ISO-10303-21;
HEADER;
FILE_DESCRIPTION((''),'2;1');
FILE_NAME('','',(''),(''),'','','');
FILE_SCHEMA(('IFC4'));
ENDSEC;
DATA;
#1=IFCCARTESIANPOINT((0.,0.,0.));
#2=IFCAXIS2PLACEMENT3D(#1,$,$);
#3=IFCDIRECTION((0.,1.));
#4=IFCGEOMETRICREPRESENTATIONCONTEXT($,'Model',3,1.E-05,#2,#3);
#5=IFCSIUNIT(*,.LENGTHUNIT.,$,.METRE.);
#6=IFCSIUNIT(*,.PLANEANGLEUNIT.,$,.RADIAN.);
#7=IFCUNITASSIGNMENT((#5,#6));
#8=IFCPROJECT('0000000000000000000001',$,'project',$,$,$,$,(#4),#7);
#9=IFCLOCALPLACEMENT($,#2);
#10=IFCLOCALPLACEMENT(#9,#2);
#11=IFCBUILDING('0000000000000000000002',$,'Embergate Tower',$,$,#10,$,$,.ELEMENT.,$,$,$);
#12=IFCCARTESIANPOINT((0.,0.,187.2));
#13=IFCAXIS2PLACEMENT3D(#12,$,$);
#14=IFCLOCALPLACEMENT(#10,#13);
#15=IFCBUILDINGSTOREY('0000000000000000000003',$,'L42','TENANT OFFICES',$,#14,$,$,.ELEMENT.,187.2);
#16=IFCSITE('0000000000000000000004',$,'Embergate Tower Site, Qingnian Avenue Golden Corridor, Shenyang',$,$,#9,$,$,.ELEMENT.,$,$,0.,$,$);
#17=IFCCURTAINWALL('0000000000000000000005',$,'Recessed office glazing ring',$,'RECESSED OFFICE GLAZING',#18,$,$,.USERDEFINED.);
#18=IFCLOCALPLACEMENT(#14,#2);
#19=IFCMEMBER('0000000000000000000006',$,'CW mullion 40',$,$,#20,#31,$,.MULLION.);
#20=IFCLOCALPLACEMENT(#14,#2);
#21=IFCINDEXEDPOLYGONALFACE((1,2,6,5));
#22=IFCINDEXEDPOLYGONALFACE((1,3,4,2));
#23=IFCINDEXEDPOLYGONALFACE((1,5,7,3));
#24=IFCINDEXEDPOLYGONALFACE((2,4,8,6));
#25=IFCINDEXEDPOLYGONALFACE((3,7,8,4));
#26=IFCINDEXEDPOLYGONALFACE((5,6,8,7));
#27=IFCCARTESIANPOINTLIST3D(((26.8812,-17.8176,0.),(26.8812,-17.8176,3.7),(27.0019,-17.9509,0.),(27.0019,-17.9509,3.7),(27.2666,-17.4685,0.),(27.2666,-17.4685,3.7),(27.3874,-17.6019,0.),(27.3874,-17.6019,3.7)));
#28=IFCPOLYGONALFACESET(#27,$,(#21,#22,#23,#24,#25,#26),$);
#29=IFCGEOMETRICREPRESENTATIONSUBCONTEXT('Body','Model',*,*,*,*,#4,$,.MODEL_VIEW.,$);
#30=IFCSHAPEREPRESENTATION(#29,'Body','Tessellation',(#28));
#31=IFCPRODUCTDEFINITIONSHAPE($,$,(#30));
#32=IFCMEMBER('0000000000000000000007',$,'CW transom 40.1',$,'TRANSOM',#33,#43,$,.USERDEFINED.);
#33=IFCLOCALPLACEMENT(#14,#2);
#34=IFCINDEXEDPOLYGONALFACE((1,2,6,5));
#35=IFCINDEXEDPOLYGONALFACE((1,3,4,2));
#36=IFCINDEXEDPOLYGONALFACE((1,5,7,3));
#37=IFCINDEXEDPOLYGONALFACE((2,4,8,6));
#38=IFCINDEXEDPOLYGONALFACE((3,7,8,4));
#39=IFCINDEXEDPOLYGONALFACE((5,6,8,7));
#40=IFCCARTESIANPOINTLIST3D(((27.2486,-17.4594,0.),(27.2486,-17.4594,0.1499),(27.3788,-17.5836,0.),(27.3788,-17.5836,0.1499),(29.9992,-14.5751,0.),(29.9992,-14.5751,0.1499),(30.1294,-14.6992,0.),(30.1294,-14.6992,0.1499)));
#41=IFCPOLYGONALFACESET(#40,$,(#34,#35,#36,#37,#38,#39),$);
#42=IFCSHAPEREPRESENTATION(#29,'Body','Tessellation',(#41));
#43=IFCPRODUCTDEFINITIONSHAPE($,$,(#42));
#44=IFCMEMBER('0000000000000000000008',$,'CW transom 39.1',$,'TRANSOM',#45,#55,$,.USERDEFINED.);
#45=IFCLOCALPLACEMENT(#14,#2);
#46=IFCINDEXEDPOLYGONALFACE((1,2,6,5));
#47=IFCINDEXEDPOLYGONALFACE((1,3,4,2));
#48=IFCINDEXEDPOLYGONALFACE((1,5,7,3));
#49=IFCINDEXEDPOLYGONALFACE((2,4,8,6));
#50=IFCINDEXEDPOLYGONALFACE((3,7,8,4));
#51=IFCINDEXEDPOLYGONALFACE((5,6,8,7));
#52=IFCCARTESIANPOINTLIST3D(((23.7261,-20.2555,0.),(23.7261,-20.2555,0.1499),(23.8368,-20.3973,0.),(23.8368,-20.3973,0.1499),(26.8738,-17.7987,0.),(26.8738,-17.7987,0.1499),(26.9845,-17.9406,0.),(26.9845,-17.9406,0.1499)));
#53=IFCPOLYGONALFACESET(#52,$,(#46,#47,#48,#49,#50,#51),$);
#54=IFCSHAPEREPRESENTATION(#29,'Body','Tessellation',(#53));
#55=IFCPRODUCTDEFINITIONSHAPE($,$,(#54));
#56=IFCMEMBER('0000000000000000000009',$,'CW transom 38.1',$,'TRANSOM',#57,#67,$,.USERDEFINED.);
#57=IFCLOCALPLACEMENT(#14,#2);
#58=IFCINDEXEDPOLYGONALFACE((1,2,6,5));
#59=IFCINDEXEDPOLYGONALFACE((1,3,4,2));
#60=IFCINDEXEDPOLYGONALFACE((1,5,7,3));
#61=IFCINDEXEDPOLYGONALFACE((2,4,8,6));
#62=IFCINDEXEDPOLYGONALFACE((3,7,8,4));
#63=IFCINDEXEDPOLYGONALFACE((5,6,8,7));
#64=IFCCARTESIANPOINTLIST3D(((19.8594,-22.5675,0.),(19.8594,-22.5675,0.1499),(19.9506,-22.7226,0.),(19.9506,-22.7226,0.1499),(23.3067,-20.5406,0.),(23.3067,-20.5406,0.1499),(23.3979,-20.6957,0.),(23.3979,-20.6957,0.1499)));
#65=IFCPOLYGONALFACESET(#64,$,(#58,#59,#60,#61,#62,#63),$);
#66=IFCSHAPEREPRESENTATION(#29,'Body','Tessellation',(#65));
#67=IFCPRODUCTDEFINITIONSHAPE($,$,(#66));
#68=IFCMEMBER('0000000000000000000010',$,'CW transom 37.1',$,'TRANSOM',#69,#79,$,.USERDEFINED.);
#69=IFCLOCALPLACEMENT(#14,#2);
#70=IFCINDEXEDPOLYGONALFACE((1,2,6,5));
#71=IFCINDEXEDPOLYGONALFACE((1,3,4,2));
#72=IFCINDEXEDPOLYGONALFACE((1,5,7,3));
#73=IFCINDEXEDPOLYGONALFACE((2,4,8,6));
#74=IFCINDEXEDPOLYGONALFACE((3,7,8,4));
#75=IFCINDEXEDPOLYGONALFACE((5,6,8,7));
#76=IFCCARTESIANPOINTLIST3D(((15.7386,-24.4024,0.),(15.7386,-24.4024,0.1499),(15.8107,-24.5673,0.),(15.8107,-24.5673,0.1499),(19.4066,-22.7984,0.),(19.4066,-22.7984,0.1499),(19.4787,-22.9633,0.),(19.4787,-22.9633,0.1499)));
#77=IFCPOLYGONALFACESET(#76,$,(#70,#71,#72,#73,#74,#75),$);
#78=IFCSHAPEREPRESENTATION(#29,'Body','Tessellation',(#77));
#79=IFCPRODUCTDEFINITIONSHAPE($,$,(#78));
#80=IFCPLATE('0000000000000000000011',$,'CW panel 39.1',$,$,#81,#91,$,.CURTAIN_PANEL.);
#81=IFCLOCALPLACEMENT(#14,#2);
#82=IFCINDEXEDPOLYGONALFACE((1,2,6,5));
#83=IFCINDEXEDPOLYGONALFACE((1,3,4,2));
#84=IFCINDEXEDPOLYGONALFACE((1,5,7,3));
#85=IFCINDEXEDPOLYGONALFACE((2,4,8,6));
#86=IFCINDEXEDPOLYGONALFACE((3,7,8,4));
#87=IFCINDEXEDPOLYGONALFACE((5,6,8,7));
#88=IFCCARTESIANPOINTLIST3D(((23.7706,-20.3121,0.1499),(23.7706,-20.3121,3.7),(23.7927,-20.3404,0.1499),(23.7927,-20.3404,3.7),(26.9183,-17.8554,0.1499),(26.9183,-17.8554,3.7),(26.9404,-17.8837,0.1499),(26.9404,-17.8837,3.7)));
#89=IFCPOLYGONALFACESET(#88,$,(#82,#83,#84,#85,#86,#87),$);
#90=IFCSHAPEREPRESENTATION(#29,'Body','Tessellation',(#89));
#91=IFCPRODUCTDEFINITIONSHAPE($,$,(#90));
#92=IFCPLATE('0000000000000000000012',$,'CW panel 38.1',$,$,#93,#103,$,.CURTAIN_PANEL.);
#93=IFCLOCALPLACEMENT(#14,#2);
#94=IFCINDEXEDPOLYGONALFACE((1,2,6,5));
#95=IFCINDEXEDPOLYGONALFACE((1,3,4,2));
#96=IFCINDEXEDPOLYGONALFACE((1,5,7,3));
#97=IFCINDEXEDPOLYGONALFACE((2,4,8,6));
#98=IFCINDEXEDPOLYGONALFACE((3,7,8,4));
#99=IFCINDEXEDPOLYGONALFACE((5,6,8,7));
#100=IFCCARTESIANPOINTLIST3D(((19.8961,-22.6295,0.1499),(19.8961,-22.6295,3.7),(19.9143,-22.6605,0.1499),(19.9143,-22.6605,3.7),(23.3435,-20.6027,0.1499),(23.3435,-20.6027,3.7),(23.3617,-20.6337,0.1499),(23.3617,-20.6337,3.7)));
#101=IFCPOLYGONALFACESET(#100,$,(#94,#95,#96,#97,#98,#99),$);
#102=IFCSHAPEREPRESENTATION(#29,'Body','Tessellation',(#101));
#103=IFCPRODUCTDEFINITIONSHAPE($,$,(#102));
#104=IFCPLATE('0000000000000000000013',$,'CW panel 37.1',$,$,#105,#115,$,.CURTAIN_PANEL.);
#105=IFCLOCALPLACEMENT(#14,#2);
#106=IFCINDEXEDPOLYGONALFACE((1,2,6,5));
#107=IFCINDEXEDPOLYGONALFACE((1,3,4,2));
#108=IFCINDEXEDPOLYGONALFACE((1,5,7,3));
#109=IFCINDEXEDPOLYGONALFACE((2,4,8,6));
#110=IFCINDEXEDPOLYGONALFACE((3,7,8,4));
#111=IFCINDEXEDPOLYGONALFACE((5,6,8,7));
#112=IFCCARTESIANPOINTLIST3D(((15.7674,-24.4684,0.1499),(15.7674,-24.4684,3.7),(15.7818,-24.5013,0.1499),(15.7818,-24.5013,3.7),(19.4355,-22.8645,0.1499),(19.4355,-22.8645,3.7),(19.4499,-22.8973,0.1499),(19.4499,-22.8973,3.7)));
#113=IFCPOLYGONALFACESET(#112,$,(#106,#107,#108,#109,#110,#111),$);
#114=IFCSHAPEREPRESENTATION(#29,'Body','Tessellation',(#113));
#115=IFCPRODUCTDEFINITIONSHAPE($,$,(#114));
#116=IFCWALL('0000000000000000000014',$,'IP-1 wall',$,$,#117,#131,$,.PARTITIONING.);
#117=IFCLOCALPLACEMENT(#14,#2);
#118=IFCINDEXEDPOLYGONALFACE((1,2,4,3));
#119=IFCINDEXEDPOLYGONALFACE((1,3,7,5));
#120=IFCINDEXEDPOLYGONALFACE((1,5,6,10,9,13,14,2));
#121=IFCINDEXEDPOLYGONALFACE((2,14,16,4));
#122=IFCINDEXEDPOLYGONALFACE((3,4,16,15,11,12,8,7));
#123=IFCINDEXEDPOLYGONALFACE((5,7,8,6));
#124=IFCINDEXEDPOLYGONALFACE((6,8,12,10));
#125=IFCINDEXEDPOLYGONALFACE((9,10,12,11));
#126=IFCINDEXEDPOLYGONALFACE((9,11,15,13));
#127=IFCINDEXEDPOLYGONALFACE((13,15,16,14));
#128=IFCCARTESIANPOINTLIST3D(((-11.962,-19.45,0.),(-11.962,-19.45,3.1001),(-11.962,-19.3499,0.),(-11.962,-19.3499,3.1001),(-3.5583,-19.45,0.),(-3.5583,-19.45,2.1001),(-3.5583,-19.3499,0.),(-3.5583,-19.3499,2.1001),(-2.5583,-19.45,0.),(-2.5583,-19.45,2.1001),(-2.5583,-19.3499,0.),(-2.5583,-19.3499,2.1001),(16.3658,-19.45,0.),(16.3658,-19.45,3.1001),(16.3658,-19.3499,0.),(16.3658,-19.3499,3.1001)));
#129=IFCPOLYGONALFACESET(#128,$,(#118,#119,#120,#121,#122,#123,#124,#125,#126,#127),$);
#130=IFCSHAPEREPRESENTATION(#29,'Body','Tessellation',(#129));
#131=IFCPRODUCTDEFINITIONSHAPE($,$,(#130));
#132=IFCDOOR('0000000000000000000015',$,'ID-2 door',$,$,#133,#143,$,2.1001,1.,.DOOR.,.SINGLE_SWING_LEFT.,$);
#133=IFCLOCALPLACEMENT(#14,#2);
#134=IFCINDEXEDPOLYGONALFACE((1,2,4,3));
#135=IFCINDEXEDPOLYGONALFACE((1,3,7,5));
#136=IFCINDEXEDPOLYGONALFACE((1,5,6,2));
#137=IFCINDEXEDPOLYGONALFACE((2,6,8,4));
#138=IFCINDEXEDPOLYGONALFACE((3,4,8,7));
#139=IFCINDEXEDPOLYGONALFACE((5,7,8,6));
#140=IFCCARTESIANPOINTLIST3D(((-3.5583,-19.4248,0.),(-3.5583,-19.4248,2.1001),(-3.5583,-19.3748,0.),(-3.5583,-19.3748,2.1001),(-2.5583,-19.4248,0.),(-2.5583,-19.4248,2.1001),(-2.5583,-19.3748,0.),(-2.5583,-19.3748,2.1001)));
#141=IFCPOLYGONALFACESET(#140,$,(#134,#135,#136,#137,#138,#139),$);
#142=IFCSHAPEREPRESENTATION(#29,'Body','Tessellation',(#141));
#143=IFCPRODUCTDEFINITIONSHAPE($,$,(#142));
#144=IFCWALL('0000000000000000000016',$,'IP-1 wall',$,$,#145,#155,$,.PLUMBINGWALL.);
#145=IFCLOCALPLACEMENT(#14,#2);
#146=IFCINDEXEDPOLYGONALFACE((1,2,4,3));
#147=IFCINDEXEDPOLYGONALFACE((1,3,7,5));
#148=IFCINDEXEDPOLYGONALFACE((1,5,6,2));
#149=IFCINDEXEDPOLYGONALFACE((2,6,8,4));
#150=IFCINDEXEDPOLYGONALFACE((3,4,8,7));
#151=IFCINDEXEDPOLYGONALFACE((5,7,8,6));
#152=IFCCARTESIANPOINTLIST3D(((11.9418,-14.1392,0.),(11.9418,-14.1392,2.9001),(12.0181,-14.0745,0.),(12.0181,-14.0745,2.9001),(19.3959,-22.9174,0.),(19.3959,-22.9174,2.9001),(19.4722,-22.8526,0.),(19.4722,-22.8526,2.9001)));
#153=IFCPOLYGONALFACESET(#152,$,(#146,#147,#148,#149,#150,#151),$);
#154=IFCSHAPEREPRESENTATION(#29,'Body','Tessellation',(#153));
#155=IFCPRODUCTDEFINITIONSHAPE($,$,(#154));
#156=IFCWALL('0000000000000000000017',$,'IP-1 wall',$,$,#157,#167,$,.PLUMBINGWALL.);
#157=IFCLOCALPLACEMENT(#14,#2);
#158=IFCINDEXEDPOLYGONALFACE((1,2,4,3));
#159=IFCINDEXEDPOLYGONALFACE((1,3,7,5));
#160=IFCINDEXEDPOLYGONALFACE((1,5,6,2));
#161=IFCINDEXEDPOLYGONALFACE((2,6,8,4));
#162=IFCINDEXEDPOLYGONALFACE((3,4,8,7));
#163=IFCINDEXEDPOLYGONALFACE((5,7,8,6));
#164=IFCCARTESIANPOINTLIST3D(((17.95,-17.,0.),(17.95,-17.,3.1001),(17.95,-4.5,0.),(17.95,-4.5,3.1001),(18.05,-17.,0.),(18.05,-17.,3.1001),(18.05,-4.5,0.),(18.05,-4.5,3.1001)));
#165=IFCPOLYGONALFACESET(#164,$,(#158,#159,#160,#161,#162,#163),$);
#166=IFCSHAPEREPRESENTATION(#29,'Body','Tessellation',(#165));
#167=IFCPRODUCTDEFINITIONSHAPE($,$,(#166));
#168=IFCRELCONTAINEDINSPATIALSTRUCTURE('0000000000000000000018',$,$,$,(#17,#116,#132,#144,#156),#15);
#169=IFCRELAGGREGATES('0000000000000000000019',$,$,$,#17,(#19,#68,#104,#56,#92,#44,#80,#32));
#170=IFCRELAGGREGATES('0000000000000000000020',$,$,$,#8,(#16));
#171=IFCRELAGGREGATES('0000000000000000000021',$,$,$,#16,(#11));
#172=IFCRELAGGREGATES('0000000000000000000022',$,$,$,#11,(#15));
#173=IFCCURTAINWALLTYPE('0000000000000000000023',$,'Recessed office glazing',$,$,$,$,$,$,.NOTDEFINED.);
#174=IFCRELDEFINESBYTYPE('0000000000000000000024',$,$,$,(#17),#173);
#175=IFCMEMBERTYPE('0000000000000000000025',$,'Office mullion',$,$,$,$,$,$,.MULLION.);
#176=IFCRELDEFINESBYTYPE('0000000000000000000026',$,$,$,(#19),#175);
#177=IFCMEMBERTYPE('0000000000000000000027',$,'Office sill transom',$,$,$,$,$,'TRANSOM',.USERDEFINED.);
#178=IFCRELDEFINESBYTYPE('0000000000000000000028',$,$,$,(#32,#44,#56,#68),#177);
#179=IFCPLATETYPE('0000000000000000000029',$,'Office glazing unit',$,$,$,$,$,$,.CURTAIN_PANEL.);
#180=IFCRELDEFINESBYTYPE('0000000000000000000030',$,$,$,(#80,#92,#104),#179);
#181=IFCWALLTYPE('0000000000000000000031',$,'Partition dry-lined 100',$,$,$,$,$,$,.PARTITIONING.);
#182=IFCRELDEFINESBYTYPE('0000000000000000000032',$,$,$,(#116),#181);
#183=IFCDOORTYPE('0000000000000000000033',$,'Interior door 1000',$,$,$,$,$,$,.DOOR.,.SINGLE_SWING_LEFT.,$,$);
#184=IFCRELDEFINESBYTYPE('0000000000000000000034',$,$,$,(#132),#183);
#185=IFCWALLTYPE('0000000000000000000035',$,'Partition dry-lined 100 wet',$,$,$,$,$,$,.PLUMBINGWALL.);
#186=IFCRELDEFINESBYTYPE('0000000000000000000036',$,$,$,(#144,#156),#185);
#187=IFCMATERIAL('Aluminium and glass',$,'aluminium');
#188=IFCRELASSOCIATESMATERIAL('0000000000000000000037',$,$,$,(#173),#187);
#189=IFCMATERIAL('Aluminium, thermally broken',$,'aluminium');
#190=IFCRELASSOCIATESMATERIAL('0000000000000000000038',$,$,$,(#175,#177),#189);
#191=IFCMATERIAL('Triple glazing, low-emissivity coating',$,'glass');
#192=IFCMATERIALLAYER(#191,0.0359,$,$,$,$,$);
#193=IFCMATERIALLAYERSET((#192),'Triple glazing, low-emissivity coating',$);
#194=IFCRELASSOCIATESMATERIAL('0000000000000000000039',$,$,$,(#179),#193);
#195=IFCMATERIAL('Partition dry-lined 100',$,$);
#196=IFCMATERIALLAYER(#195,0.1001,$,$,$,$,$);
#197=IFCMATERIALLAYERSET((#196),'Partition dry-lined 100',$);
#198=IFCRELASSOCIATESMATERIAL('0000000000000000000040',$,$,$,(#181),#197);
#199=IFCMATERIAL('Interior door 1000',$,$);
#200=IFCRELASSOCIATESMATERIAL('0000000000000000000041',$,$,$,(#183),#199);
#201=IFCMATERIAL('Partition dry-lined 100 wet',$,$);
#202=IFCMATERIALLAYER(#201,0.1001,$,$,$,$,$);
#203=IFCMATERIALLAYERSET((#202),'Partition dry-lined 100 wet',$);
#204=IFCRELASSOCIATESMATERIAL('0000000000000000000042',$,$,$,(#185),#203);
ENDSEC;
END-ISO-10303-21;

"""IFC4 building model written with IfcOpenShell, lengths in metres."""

from ifc_helpers import new_model, si_unit, direction, frame, frame_2d, origin, origin_2d, place, context, subcontext, project, spatial, rectangle, extrude, source, transform, mapped, material, layer, layer_set, material_profile, profile_set, type_object, element, fill, aggregate, save


model = new_model("IFC4")

# Units and contexts
model_context = context("Model", 3, precision=1e-05, world=origin(), true_north=direction((0.0, 1.0)))
body_context = subcontext(model_context, "Body", "Model", "MODEL_VIEW")
ifc_project = project(units=[si_unit("LENGTHUNIT", "METRE"), si_unit("PLANEANGLEUNIT", "RADIAN")], contexts=[model_context])

# Site, building, storey
site_placement = place(None, origin())
site = spatial("IfcSite", under=ifc_project, at=site_placement, Name="Embergate Tower Site, Qingnian Avenue Golden Corridor, Shenyang", CompositionType="ELEMENT", RefElevation=0.0)
building_placement = place(site_placement, origin())
building = spatial("IfcBuilding", under=site, at=building_placement, Name="Embergate Tower", CompositionType="ELEMENT")
storey_placement = place(building_placement, frame((0.0, 0.0, 187.2)))
storey = spatial("IfcBuildingStorey", under=building, at=storey_placement, Name="L42", Description="TENANT OFFICES", CompositionType="ELEMENT", Elevation=187.2)

# Curtain wall, members, plates
ifc_material_1 = material(Name="Aluminium and glass", Category="aluminium")
curtain_wall_type = type_object("IfcCurtainWallType", Name="Recessed office glazing", PredefinedType="NOTDEFINED", material=ifc_material_1)
curtain_wall_placement = place(storey_placement, origin())
curtain_wall = element("IfcCurtainWall", 1, at=curtain_wall_placement, inside=storey, type_object=curtain_wall_type, Name="Recessed office glazing ring", ObjectType="RECESSED OFFICE GLAZING", PredefinedType="USERDEFINED")
ifc_material_2 = material(Name="Aluminium, thermally broken", Category="aluminium")
ifc_material_profile_1 = material_profile(ifc_material_2, rectangle(XDim=0.1799, YDim=0.52, at=origin_2d()), Name="AL 520x180")
ifc_profile_set_1 = profile_set([ifc_material_profile_1], Name="Aluminium, thermally broken")
member_type_1 = type_object("IfcMemberType", Name="Office mullion", PredefinedType="MULLION", material=ifc_profile_set_1)
shared_shape_1 = source(origin(), body_context, "Body", "SweptSolid", [
    extrude(rectangle(XDim=0.1799, YDim=0.52, at=origin_2d()), origin(), (0.0, 0.0, 1.0), 3.7),
])
member_1_placement = place(storey_placement, frame((27.1343, -17.7097, 0.0), z_axis=(0.0, 0.0, 1.0), x_axis=(-0.671229, 0.74125, 0.0)))
member_1 = element("IfcMember", 2, at=member_1_placement, type_object=member_type_1, Name="CW mullion 40", PredefinedType="MULLION", context=body_context, shape_type="MappedRepresentation", body=[
    mapped(shared_shape_1, transform((0.0, 0.0, 0.0))),
])
ifc_material_profile_2 = material_profile(ifc_material_2, rectangle(XDim=0.1799, YDim=0.1499, at=origin_2d()), Name="AL 150x180")
ifc_profile_set_2 = profile_set([ifc_material_profile_2], Name="Aluminium, thermally broken")
member_type_2 = type_object("IfcMemberType", Name="Office sill transom", ElementType="TRANSOM", PredefinedType="USERDEFINED", material=ifc_profile_set_2)
shared_shape_2 = source(origin(), body_context, "Body", "SweptSolid", [
    extrude(rectangle(XDim=0.1799, YDim=0.1499, at=origin_2d()), origin(), (0.0, 0.0, 1.0), 3.9856),
])
member_2_placement = place(storey_placement, frame((27.3137, -17.5215, 0.075), z_axis=(0.690123, 0.723692, 0.0), x_axis=(-0.723692, 0.690123, 0.0)))
member_2 = element("IfcMember", 3, at=member_2_placement, type_object=member_type_2, Name="CW transom 40.1", ObjectType="TRANSOM", PredefinedType="USERDEFINED", context=body_context, shape_type="MappedRepresentation", body=[
    mapped(shared_shape_2, transform((0.0, 0.0, 0.0))),
])
shared_shape_3 = source(origin(), body_context, "Body", "SweptSolid", [
    extrude(rectangle(XDim=0.1799, YDim=0.1499, at=origin_2d()), origin(), (0.0, 0.0, 1.0), 3.9929),
])
member_3_placement = place(storey_placement, frame((23.7815, -20.3264, 0.075), z_axis=(0.788311, 0.615277, 0.0), x_axis=(-0.615277, 0.788311, 0.0)))
member_3 = element("IfcMember", 4, at=member_3_placement, type_object=member_type_2, Name="CW transom 39.1", ObjectType="TRANSOM", PredefinedType="USERDEFINED", context=body_context, shape_type="MappedRepresentation", body=[
    mapped(shared_shape_3, transform((0.0, 0.0, 0.0))),
])
shared_shape_4 = source(origin(), body_context, "Body", "SweptSolid", [
    extrude(rectangle(XDim=0.1799, YDim=0.1499, at=origin_2d()), origin(), (0.0, 0.0, 1.0), 3.999),
])
member_4_placement = place(storey_placement, frame((19.905, -22.645, 0.075), z_axis=(0.862038, 0.506844, 0.0), x_axis=(-0.506844, 0.862038, 0.0)))
member_4 = element("IfcMember", 5, at=member_4_placement, type_object=member_type_2, Name="CW transom 38.1", ObjectType="TRANSOM", PredefinedType="USERDEFINED", context=body_context, shape_type="MappedRepresentation", body=[
    mapped(shared_shape_4, transform((0.0, 0.0, 0.0))),
])
shared_shape_5 = source(origin(), body_context, "Body", "SweptSolid", [
    extrude(rectangle(XDim=0.1799, YDim=0.1499, at=origin_2d()), origin(), (0.0, 0.0, 1.0), 4.0034),
])
member_5_placement = place(storey_placement, frame((15.7747, -24.4849, 0.075), z_axis=(0.916225, 0.400665, 0.0), x_axis=(-0.400665, 0.916225, 0.0)))
member_5 = element("IfcMember", 6, at=member_5_placement, type_object=member_type_2, Name="CW transom 37.1", ObjectType="TRANSOM", PredefinedType="USERDEFINED", context=body_context, shape_type="MappedRepresentation", body=[
    mapped(shared_shape_5, transform((0.0, 0.0, 0.0))),
])
ifc_material_3 = material(Name="Triple glazing, low-emissivity coating", Category="glass")
ifc_layer_1 = layer(ifc_material_3, 0.0359)
ifc_layer_set_1 = layer_set([ifc_layer_1], Name="Triple glazing, low-emissivity coating")
plate_type = type_object("IfcPlateType", Name="Office glazing unit", PredefinedType="CURTAIN_PANEL", material=ifc_layer_set_1)
shared_shape_6 = source(origin(), body_context, "Body", "SweptSolid", [
    extrude(rectangle(XDim=3.9929, YDim=0.0359, at=origin_2d()), origin(), (0.0, 0.0, 1.0), 3.55),
])
plate_1_placement = place(storey_placement, frame((25.3555, -19.0979, 0.1499), z_axis=(0.0, 0.0, 1.0), x_axis=(0.788318, 0.615268, 0.0)))
plate_1 = element("IfcPlate", 7, at=plate_1_placement, type_object=plate_type, Name="CW panel 39.1", PredefinedType="CURTAIN_PANEL", context=body_context, shape_type="MappedRepresentation", body=[
    mapped(shared_shape_6, transform((0.0, 0.0, 0.0))),
])
shared_shape_7 = source(origin(), body_context, "Body", "SweptSolid", [
    extrude(rectangle(XDim=3.999, YDim=0.0359, at=origin_2d()), origin(), (0.0, 0.0, 1.0), 3.55),
])
plate_2_placement = place(storey_placement, frame((21.6289, -21.6316, 0.1499), z_axis=(0.0, 0.0, 1.0), x_axis=(0.862051, 0.506821, 0.0)))
plate_2 = element("IfcPlate", 8, at=plate_2_placement, type_object=plate_type, Name="CW panel 38.1", PredefinedType="CURTAIN_PANEL", context=body_context, shape_type="MappedRepresentation", body=[
    mapped(shared_shape_7, transform((0.0, 0.0, 0.0))),
])
shared_shape_8 = source(origin(), body_context, "Body", "SweptSolid", [
    extrude(rectangle(XDim=4.0034, YDim=0.0359, at=origin_2d()), origin(), (0.0, 0.0, 1.0), 3.55),
])
plate_3_placement = place(storey_placement, frame((17.6086, -23.6829, 0.1499), z_axis=(0.0, 0.0, 1.0), x_axis=(0.916235, 0.400642, 0.0)))
plate_3 = element("IfcPlate", 9, at=plate_3_placement, type_object=plate_type, Name="CW panel 37.1", PredefinedType="CURTAIN_PANEL", context=body_context, shape_type="MappedRepresentation", body=[
    mapped(shared_shape_8, transform((0.0, 0.0, 0.0))),
])
aggregate(curtain_wall, [member_1, member_5, plate_3, member_4, plate_2, member_3, plate_1, member_2])

# Wall, opening, door
ifc_material_4 = material(Name="Partition dry-lined 100")
ifc_layer_2 = layer(ifc_material_4, 0.1001)
ifc_layer_set_2 = layer_set([ifc_layer_2], Name="Partition dry-lined 100")
wall_type_1 = type_object("IfcWallType", Name="Partition dry-lined 100", PredefinedType="PARTITIONING", material=ifc_layer_set_2)
shared_shape_9 = source(origin(), body_context, "Body", "SweptSolid", [
    extrude(rectangle(XDim=28.3279, YDim=0.1001, at=frame_2d((14.1641, 0.0))), origin(), (0.0, 0.0, 1.0), 3.1001),
])
wall_1_placement = place(storey_placement, frame((16.366, -19.3999, 0.0), z_axis=(0.0, 0.0, 1.0), x_axis=(-1.0, 0.0, 0.0)))
wall_1 = element("IfcWall", 10, at=wall_1_placement, inside=storey, type_object=wall_type_1, Name="IP-1 wall", PredefinedType="PARTITIONING", context=body_context, shape_type="MappedRepresentation", body=[
    mapped(shared_shape_9, transform((0.0, 0.0, 0.0))),
])
shared_shape_10 = source(origin(), body_context, "Body", "SweptSolid", [
    extrude(rectangle(XDim=1.0, YDim=2.1001, at=frame_2d((0.5, 1.05))), frame((0.0, 0.0601, 0.0), z_axis=(0.0, -1.0, 0.0), x_axis=(1.0, 0.0, 0.0)), (0.0, 0.0, 1.0), 0.1201),
])
opening_placement = place(wall_1_placement, frame((18.9243, 0.0, 0.0)))
opening = element("IfcOpeningElement", 11, at=opening_placement, cuts=wall_1, PredefinedType="OPENING", context=body_context, shape_type="MappedRepresentation", body=[
    mapped(shared_shape_10, transform((0.0, 0.0, 0.0))),
])
ifc_material_5 = material(Name="Interior door 1000")
door_type = type_object("IfcDoorType", Name="Interior door 1000", OperationType="SINGLE_SWING_LEFT", PredefinedType="DOOR", material=ifc_material_5)
shared_shape_11 = source(origin(), body_context, "Body", "SweptSolid", [
    extrude(rectangle(XDim=1.0, YDim=2.1001, at=frame_2d((0.5, 1.05))), frame((0.0, 0.0249, 0.0), z_axis=(0.0, -1.0, 0.0), x_axis=(1.0, 0.0, 0.0)), (0.0, 0.0, 1.0), 0.05),
])
door_placement = place(opening_placement, origin())
door = element("IfcDoor", 12, at=door_placement, inside=storey, type_object=door_type, Name="ID-2 door", OperationType="SINGLE_SWING_LEFT", OverallHeight=2.1001, OverallWidth=1.0, PredefinedType="DOOR", context=body_context, shape_type="MappedRepresentation", body=[
    mapped(shared_shape_11, transform((0.0, 0.0, 0.0))),
])
fill(opening, door)

# Walls
ifc_material_6 = material(Name="Partition dry-lined 100 wet")
ifc_layer_3 = layer(ifc_material_6, 0.1001)
ifc_layer_set_3 = layer_set([ifc_layer_3], Name="Partition dry-lined 100 wet")
wall_type_2 = type_object("IfcWallType", Name="Partition dry-lined 100 wet", PredefinedType="PLUMBINGWALL", material=ifc_layer_set_3)
shared_shape_12 = source(origin(), body_context, "Body", "SweptSolid", [
    extrude(rectangle(XDim=11.5161, YDim=0.1001, at=frame_2d((5.7581, 0.0))), origin(), (0.0, 0.0, 1.0), 2.9001),
])
wall_2_placement = place(storey_placement, frame((19.4341, -22.885, 0.0), z_axis=(0.0, 0.0, 1.0), x_axis=(-0.647282, 0.76225, 0.0)))
element("IfcWall", 13, at=wall_2_placement, inside=storey, type_object=wall_type_2, Name="IP-1 wall", PredefinedType="PLUMBINGWALL", context=body_context, shape_type="MappedRepresentation", body=[
    mapped(shared_shape_12, transform((0.0, 0.0, 0.0))),
])
shared_shape_13 = source(origin(), body_context, "Body", "SweptSolid", [
    extrude(rectangle(XDim=12.5, YDim=0.1001, at=frame_2d((6.25, 0.0))), origin(), (0.0, 0.0, 1.0), 3.1001),
])
wall_3_placement = place(storey_placement, frame((18.0, -17.0, 0.0), z_axis=(0.0, 0.0, 1.0), x_axis=(0.0, 1.0, 0.0)))
element("IfcWall", 14, at=wall_3_placement, inside=storey, type_object=wall_type_2, Name="IP-1 wall", PredefinedType="PLUMBINGWALL", context=body_context, shape_type="MappedRepresentation", body=[
    mapped(shared_shape_13, transform((0.0, 0.0, 0.0))),
])

save(model, "model.ifc")
